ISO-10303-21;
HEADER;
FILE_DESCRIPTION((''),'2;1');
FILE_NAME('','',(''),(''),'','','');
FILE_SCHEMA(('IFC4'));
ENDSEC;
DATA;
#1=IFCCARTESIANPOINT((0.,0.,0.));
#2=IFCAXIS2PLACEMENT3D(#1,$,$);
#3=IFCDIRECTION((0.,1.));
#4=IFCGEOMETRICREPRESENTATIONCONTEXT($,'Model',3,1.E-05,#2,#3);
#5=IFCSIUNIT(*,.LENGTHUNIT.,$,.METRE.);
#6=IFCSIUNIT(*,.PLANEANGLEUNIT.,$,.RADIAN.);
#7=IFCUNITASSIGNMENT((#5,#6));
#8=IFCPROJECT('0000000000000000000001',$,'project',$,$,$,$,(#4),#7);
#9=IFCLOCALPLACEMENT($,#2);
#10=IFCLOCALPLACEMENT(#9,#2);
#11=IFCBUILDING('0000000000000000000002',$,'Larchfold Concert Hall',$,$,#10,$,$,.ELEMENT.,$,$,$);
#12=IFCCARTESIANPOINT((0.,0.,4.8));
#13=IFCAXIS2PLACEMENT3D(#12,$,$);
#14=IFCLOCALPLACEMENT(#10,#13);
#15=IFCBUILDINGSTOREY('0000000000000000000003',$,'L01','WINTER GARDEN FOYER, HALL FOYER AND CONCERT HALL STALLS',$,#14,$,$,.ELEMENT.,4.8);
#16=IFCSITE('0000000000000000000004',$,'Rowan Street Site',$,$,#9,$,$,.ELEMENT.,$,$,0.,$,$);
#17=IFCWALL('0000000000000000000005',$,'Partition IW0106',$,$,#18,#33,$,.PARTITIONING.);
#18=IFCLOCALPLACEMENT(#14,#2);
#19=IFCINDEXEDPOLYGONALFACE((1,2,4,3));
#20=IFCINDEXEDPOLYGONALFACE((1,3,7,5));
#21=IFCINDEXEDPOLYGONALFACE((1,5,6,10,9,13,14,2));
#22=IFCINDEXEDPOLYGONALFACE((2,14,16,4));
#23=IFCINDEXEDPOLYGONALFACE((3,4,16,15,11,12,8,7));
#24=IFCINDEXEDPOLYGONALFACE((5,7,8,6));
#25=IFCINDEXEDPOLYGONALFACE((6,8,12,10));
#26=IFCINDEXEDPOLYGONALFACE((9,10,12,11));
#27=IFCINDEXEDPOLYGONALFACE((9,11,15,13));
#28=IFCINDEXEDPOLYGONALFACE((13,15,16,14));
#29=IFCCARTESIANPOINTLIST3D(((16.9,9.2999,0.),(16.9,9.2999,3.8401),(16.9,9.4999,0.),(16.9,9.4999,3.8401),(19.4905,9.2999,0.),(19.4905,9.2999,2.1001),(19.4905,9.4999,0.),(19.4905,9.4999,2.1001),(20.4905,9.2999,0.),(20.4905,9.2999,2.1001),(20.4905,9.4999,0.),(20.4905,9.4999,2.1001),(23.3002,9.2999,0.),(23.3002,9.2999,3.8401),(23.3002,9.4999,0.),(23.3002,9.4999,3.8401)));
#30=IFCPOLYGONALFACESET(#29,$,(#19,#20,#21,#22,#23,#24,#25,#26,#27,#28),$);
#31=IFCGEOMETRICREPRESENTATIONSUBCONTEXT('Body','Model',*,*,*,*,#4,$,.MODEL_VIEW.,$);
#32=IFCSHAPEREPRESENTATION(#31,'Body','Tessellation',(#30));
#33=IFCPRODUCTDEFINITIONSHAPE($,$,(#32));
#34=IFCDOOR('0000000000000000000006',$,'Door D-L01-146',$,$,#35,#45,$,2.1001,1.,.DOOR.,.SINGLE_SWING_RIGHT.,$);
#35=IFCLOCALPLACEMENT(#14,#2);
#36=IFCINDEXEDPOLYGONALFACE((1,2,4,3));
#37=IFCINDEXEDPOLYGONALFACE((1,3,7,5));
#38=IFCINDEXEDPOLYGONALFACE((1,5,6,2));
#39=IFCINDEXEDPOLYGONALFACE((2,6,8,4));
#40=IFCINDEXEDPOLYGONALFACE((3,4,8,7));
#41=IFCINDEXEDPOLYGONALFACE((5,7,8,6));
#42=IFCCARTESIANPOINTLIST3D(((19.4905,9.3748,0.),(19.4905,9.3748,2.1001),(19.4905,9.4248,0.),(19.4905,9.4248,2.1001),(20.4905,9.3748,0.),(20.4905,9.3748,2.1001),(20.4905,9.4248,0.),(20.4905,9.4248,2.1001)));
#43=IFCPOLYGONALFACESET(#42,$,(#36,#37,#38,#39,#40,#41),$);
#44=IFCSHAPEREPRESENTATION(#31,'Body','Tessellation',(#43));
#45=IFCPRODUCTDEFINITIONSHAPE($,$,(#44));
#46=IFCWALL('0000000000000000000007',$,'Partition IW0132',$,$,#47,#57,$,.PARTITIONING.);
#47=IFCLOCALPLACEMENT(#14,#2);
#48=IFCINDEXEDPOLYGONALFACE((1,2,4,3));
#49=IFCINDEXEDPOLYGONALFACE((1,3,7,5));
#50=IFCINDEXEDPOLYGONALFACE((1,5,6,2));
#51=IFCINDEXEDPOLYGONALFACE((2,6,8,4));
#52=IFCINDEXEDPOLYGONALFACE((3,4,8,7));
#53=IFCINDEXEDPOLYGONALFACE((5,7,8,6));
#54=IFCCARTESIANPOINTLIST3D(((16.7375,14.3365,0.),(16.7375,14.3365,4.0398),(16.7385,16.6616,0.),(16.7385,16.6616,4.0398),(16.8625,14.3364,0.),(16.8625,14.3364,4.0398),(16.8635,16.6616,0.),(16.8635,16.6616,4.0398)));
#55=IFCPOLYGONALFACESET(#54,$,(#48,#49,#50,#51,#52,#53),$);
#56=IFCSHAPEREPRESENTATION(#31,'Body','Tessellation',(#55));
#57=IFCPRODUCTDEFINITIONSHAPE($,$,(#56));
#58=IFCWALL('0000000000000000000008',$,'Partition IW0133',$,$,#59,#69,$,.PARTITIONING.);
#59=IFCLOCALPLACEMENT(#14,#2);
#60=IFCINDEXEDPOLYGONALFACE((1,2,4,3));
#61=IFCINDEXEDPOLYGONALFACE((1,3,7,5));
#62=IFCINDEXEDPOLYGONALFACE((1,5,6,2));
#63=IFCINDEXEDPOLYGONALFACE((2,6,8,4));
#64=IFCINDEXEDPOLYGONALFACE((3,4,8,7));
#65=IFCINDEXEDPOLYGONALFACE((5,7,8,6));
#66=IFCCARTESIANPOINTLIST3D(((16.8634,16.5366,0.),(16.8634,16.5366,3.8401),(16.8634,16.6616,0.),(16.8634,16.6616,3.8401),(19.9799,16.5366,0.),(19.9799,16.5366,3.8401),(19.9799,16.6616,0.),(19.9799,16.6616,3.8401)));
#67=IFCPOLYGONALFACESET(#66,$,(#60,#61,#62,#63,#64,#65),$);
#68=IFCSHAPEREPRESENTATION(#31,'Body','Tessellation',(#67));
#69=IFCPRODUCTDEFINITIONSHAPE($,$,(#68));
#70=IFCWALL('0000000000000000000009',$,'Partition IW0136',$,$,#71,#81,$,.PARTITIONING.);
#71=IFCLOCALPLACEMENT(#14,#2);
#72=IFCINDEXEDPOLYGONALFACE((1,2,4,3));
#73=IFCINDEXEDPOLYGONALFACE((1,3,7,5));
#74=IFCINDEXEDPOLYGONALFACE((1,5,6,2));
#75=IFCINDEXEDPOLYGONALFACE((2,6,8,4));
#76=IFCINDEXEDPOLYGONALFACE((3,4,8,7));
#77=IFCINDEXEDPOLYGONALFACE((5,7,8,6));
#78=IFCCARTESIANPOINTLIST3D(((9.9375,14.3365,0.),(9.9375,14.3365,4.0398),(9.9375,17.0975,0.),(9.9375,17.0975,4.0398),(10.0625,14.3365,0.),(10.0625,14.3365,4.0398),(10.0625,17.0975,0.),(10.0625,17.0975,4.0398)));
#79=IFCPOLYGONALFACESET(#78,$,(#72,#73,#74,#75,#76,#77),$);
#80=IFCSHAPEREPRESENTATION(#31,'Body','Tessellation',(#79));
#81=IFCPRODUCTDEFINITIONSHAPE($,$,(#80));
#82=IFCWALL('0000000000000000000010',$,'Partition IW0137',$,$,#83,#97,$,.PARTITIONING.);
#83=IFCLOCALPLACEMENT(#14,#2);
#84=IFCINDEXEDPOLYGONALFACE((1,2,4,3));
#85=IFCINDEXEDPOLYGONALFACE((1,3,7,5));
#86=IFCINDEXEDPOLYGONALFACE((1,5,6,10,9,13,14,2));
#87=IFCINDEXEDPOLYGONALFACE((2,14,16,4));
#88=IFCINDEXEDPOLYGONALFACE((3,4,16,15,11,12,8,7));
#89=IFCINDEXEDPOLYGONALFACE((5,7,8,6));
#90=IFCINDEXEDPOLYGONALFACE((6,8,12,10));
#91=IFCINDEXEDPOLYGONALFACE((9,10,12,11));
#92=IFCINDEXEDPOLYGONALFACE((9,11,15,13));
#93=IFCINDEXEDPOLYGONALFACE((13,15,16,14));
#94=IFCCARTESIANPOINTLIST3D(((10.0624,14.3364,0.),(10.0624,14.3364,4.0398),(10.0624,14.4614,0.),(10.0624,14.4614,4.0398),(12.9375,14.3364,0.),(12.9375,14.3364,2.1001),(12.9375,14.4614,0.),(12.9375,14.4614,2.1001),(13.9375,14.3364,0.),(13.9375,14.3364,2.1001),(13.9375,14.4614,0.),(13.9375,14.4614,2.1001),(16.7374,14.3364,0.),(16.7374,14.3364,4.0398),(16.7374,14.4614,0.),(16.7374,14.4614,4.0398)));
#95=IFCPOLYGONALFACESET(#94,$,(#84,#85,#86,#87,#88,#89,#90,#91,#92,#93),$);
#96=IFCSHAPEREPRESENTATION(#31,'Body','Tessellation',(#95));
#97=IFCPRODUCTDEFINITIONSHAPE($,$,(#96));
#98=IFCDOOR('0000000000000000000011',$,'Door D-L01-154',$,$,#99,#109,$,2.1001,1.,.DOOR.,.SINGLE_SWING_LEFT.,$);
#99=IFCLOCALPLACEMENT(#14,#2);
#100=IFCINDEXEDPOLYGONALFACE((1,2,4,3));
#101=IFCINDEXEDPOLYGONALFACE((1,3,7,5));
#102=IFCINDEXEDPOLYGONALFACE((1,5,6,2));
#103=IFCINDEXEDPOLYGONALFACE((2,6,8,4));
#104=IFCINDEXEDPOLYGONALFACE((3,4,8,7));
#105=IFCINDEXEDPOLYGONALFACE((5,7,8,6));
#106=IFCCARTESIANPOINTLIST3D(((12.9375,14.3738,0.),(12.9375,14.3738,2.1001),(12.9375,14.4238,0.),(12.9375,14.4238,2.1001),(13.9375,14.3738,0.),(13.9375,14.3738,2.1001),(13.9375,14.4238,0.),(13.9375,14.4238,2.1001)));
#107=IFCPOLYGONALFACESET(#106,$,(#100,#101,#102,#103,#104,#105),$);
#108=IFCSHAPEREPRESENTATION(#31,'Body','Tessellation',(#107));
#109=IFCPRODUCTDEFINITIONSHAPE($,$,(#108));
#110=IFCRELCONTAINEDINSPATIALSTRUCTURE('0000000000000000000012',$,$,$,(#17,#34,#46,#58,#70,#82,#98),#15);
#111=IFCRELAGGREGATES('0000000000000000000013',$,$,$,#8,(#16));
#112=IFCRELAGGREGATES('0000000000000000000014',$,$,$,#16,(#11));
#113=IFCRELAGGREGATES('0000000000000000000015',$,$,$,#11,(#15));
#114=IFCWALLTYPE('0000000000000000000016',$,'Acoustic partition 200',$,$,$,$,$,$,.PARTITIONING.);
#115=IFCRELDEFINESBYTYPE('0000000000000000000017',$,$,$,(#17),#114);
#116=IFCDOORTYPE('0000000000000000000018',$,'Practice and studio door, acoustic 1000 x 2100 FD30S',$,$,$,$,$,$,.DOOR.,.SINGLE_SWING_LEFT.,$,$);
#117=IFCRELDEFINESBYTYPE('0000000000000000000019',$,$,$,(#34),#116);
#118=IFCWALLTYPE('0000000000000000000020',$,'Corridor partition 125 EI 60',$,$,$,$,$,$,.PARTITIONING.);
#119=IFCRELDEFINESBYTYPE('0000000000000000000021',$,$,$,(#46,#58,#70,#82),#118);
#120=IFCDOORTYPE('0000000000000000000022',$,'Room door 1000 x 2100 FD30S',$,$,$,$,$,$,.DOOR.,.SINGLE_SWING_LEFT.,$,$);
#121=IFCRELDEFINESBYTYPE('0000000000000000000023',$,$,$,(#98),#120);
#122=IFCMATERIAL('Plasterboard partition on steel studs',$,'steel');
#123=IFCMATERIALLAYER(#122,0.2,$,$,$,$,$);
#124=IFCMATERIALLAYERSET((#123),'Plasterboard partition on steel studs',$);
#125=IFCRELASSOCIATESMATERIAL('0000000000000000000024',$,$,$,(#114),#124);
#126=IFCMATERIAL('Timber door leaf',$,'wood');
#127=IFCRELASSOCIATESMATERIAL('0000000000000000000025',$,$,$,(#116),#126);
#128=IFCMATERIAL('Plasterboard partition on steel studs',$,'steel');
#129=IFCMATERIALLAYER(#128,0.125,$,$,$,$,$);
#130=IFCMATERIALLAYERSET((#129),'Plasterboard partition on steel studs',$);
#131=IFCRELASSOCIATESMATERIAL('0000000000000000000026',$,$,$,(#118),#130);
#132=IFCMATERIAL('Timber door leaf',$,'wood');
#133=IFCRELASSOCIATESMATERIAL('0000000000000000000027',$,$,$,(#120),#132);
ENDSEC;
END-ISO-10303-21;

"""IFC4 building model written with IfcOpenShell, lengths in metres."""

from ifc_helpers import new_model, si_unit, direction, frame, frame_2d, origin, place, context, subcontext, project, spatial, rectangle, extrude, material, layer, layer_set, type_object, element, fill, save


model = new_model("IFC4")

# Units and contexts
model_context = context("Model", 3, precision=1e-05, world=origin(), true_north=direction((0.0, 1.0)))
body_context = subcontext(model_context, "Body", "Model", "MODEL_VIEW")
ifc_project = project(units=[si_unit("LENGTHUNIT", "METRE"), si_unit("PLANEANGLEUNIT", "RADIAN")], contexts=[model_context])

# Site, building, storey
site_placement = place(None, origin())
site = spatial("IfcSite", under=ifc_project, at=site_placement, Name="Rowan Street Site", CompositionType="ELEMENT", RefElevation=0.0)
building_placement = place(site_placement, origin())
building = spatial("IfcBuilding", under=site, at=building_placement, Name="Larchfold Concert Hall", CompositionType="ELEMENT")
storey_placement = place(building_placement, frame((0.0, 0.0, 4.8)))
storey = spatial("IfcBuildingStorey", under=building, at=storey_placement, Name="L01", Description="WINTER GARDEN FOYER, HALL FOYER AND CONCERT HALL STALLS", CompositionType="ELEMENT", Elevation=4.8)

# Shared definitions
ifc_material_1 = material(Name="Plasterboard partition on steel studs", Category="steel")
ifc_layer_1 = layer(ifc_material_1, 0.2)
ifc_layer_set_1 = layer_set([ifc_layer_1], Name="Plasterboard partition on steel studs")
wall_type_1 = type_object("IfcWallType", Name="Acoustic partition 200", PredefinedType="PARTITIONING", material=ifc_layer_set_1)

# Shared definitions
ifc_material_2 = material(Name="Timber door leaf", Category="wood")
door_type_1 = type_object("IfcDoorType", Name="Practice and studio door, acoustic 1000 x 2100 FD30S", OperationType="SINGLE_SWING_LEFT", PredefinedType="DOOR", material=ifc_material_2)

# Wall, opening, door
wall_1_placement = place(storey_placement, frame((16.8999, 9.3999, 0.0), z_axis=(0.0, 0.0, 1.0), x_axis=(1.0, 0.0, 0.0)))
wall_1 = element("IfcWall", 1, at=wall_1_placement, inside=storey, type_object=wall_type_1, Name="Partition IW0106", PredefinedType="PARTITIONING", context=body_context, shape_type="SweptSolid", body=[
    extrude(rectangle(XDim=6.4001, YDim=0.2, at=frame_2d((3.2002, 0.0))), origin(), (0.0, 0.0, 1.0), 3.8401),
])
opening_1_placement = place(wall_1_placement, frame((2.5906, 0.0, 0.0)))
opening_1 = element("IfcOpeningElement", 2, at=opening_1_placement, cuts=wall_1, PredefinedType="OPENING", context=body_context, shape_type="SweptSolid", body=[
    extrude(rectangle(XDim=1.0, YDim=2.1001, at=frame_2d((0.5, 1.05))), frame((0.0, 0.1099, 0.0), z_axis=(0.0, -1.0, 0.0), x_axis=(1.0, 0.0, 0.0)), (0.0, 0.0, 1.0), 0.22),
])
door_1_placement = place(opening_1_placement, origin())
door_1 = element("IfcDoor", 3, at=door_1_placement, inside=storey, type_object=door_type_1, Name="Door D-L01-146", OperationType="SINGLE_SWING_RIGHT", OverallHeight=2.1001, OverallWidth=1.0, PredefinedType="DOOR", context=body_context, shape_type="SweptSolid", body=[
    extrude(rectangle(XDim=1.0, YDim=2.1001, at=frame_2d((0.5, 1.05))), frame((0.0, 0.0249, 0.0), z_axis=(0.0, -1.0, 0.0), x_axis=(1.0, 0.0, 0.0)), (0.0, 0.0, 1.0), 0.05),
])
fill(opening_1, door_1)

# Walls
ifc_material_3 = material(Name="Plasterboard partition on steel studs", Category="steel")
ifc_layer_2 = layer(ifc_material_3, 0.125)
ifc_layer_set_2 = layer_set([ifc_layer_2], Name="Plasterboard partition on steel studs")
wall_type_2 = type_object("IfcWallType", Name="Corridor partition 125 EI 60", PredefinedType="PARTITIONING", material=ifc_layer_set_2)
wall_2_placement = place(storey_placement, frame((16.8, 14.3364, 0.0), z_axis=(0.0, 0.0, 1.0), x_axis=(0.00042, 1.0, 0.0)))
element("IfcWall", 4, at=wall_2_placement, inside=storey, type_object=wall_type_2, Name="Partition IW0132", PredefinedType="PARTITIONING", context=body_context, shape_type="SweptSolid", body=[
    extrude(rectangle(XDim=2.3252, YDim=0.125, at=frame_2d((1.1626, 0.0))), origin(), (0.0, 0.0, 1.0), 4.0398),
])
wall_3_placement = place(storey_placement, frame((16.8635, 16.5991, 0.0), z_axis=(0.0, 0.0, 1.0), x_axis=(1.0, 0.0, 0.0)))
element("IfcWall", 5, at=wall_3_placement, inside=storey, type_object=wall_type_2, Name="Partition IW0133", PredefinedType="PARTITIONING", context=body_context, shape_type="SweptSolid", body=[
    extrude(rectangle(XDim=3.1165, YDim=0.125, at=frame_2d((1.5581, 0.0))), origin(), (0.0, 0.0, 1.0), 3.8401),
])
wall_4_placement = place(storey_placement, frame((10.0, 17.0974, 0.0), z_axis=(0.0, 0.0, 1.0), x_axis=(0.0, -1.0, 0.0)))
element("IfcWall", 6, at=wall_4_placement, inside=storey, type_object=wall_type_2, Name="Partition IW0136", PredefinedType="PARTITIONING", context=body_context, shape_type="SweptSolid", body=[
    extrude(rectangle(XDim=2.761, YDim=0.125, at=frame_2d((1.3804, 0.0))), origin(), (0.0, 0.0, 1.0), 4.0398),
])

# Wall, opening, door
wall_5_placement = place(storey_placement, frame((10.0625, 14.3989, 0.0), z_axis=(0.0, 0.0, 1.0), x_axis=(1.0, 0.0, 0.0)))
wall_5 = element("IfcWall", 7, at=wall_5_placement, inside=storey, type_object=wall_type_2, Name="Partition IW0137", PredefinedType="PARTITIONING", context=body_context, shape_type="SweptSolid", body=[
    extrude(rectangle(XDim=6.675, YDim=0.125, at=frame_2d((3.3374, 0.0))), origin(), (0.0, 0.0, 1.0), 4.0398),
])
opening_2_placement = place(wall_5_placement, frame((2.875, 0.0, 0.0)))
opening_2 = element("IfcOpeningElement", 8, at=opening_2_placement, cuts=wall_5, PredefinedType="OPENING", context=body_context, shape_type="SweptSolid", body=[
    extrude(rectangle(XDim=1.0, YDim=2.1001, at=frame_2d((0.5, 1.05))), frame((0.0, 0.0725, 0.0), z_axis=(0.0, -1.0, 0.0), x_axis=(1.0, 0.0, 0.0)), (0.0, 0.0, 1.0), 0.145),
])
ifc_material_4 = material(Name="Timber door leaf", Category="wood")
door_type_2 = type_object("IfcDoorType", Name="Room door 1000 x 2100 FD30S", OperationType="SINGLE_SWING_LEFT", PredefinedType="DOOR", material=ifc_material_4)
door_2_placement = place(opening_2_placement, origin())
door_2 = element("IfcDoor", 9, at=door_2_placement, inside=storey, type_object=door_type_2, Name="Door D-L01-154", OperationType="SINGLE_SWING_LEFT", OverallHeight=2.1001, OverallWidth=1.0, PredefinedType="DOOR", context=body_context, shape_type="SweptSolid", body=[
    extrude(rectangle(XDim=1.0, YDim=2.1001, at=frame_2d((0.5, 1.05))), frame((0.0, 0.0249, 0.0), z_axis=(0.0, -1.0, 0.0), x_axis=(1.0, 0.0, 0.0)), (0.0, 0.0, 1.0), 0.05),
])
fill(opening_2, door_2)

save(model, "model.ifc")
